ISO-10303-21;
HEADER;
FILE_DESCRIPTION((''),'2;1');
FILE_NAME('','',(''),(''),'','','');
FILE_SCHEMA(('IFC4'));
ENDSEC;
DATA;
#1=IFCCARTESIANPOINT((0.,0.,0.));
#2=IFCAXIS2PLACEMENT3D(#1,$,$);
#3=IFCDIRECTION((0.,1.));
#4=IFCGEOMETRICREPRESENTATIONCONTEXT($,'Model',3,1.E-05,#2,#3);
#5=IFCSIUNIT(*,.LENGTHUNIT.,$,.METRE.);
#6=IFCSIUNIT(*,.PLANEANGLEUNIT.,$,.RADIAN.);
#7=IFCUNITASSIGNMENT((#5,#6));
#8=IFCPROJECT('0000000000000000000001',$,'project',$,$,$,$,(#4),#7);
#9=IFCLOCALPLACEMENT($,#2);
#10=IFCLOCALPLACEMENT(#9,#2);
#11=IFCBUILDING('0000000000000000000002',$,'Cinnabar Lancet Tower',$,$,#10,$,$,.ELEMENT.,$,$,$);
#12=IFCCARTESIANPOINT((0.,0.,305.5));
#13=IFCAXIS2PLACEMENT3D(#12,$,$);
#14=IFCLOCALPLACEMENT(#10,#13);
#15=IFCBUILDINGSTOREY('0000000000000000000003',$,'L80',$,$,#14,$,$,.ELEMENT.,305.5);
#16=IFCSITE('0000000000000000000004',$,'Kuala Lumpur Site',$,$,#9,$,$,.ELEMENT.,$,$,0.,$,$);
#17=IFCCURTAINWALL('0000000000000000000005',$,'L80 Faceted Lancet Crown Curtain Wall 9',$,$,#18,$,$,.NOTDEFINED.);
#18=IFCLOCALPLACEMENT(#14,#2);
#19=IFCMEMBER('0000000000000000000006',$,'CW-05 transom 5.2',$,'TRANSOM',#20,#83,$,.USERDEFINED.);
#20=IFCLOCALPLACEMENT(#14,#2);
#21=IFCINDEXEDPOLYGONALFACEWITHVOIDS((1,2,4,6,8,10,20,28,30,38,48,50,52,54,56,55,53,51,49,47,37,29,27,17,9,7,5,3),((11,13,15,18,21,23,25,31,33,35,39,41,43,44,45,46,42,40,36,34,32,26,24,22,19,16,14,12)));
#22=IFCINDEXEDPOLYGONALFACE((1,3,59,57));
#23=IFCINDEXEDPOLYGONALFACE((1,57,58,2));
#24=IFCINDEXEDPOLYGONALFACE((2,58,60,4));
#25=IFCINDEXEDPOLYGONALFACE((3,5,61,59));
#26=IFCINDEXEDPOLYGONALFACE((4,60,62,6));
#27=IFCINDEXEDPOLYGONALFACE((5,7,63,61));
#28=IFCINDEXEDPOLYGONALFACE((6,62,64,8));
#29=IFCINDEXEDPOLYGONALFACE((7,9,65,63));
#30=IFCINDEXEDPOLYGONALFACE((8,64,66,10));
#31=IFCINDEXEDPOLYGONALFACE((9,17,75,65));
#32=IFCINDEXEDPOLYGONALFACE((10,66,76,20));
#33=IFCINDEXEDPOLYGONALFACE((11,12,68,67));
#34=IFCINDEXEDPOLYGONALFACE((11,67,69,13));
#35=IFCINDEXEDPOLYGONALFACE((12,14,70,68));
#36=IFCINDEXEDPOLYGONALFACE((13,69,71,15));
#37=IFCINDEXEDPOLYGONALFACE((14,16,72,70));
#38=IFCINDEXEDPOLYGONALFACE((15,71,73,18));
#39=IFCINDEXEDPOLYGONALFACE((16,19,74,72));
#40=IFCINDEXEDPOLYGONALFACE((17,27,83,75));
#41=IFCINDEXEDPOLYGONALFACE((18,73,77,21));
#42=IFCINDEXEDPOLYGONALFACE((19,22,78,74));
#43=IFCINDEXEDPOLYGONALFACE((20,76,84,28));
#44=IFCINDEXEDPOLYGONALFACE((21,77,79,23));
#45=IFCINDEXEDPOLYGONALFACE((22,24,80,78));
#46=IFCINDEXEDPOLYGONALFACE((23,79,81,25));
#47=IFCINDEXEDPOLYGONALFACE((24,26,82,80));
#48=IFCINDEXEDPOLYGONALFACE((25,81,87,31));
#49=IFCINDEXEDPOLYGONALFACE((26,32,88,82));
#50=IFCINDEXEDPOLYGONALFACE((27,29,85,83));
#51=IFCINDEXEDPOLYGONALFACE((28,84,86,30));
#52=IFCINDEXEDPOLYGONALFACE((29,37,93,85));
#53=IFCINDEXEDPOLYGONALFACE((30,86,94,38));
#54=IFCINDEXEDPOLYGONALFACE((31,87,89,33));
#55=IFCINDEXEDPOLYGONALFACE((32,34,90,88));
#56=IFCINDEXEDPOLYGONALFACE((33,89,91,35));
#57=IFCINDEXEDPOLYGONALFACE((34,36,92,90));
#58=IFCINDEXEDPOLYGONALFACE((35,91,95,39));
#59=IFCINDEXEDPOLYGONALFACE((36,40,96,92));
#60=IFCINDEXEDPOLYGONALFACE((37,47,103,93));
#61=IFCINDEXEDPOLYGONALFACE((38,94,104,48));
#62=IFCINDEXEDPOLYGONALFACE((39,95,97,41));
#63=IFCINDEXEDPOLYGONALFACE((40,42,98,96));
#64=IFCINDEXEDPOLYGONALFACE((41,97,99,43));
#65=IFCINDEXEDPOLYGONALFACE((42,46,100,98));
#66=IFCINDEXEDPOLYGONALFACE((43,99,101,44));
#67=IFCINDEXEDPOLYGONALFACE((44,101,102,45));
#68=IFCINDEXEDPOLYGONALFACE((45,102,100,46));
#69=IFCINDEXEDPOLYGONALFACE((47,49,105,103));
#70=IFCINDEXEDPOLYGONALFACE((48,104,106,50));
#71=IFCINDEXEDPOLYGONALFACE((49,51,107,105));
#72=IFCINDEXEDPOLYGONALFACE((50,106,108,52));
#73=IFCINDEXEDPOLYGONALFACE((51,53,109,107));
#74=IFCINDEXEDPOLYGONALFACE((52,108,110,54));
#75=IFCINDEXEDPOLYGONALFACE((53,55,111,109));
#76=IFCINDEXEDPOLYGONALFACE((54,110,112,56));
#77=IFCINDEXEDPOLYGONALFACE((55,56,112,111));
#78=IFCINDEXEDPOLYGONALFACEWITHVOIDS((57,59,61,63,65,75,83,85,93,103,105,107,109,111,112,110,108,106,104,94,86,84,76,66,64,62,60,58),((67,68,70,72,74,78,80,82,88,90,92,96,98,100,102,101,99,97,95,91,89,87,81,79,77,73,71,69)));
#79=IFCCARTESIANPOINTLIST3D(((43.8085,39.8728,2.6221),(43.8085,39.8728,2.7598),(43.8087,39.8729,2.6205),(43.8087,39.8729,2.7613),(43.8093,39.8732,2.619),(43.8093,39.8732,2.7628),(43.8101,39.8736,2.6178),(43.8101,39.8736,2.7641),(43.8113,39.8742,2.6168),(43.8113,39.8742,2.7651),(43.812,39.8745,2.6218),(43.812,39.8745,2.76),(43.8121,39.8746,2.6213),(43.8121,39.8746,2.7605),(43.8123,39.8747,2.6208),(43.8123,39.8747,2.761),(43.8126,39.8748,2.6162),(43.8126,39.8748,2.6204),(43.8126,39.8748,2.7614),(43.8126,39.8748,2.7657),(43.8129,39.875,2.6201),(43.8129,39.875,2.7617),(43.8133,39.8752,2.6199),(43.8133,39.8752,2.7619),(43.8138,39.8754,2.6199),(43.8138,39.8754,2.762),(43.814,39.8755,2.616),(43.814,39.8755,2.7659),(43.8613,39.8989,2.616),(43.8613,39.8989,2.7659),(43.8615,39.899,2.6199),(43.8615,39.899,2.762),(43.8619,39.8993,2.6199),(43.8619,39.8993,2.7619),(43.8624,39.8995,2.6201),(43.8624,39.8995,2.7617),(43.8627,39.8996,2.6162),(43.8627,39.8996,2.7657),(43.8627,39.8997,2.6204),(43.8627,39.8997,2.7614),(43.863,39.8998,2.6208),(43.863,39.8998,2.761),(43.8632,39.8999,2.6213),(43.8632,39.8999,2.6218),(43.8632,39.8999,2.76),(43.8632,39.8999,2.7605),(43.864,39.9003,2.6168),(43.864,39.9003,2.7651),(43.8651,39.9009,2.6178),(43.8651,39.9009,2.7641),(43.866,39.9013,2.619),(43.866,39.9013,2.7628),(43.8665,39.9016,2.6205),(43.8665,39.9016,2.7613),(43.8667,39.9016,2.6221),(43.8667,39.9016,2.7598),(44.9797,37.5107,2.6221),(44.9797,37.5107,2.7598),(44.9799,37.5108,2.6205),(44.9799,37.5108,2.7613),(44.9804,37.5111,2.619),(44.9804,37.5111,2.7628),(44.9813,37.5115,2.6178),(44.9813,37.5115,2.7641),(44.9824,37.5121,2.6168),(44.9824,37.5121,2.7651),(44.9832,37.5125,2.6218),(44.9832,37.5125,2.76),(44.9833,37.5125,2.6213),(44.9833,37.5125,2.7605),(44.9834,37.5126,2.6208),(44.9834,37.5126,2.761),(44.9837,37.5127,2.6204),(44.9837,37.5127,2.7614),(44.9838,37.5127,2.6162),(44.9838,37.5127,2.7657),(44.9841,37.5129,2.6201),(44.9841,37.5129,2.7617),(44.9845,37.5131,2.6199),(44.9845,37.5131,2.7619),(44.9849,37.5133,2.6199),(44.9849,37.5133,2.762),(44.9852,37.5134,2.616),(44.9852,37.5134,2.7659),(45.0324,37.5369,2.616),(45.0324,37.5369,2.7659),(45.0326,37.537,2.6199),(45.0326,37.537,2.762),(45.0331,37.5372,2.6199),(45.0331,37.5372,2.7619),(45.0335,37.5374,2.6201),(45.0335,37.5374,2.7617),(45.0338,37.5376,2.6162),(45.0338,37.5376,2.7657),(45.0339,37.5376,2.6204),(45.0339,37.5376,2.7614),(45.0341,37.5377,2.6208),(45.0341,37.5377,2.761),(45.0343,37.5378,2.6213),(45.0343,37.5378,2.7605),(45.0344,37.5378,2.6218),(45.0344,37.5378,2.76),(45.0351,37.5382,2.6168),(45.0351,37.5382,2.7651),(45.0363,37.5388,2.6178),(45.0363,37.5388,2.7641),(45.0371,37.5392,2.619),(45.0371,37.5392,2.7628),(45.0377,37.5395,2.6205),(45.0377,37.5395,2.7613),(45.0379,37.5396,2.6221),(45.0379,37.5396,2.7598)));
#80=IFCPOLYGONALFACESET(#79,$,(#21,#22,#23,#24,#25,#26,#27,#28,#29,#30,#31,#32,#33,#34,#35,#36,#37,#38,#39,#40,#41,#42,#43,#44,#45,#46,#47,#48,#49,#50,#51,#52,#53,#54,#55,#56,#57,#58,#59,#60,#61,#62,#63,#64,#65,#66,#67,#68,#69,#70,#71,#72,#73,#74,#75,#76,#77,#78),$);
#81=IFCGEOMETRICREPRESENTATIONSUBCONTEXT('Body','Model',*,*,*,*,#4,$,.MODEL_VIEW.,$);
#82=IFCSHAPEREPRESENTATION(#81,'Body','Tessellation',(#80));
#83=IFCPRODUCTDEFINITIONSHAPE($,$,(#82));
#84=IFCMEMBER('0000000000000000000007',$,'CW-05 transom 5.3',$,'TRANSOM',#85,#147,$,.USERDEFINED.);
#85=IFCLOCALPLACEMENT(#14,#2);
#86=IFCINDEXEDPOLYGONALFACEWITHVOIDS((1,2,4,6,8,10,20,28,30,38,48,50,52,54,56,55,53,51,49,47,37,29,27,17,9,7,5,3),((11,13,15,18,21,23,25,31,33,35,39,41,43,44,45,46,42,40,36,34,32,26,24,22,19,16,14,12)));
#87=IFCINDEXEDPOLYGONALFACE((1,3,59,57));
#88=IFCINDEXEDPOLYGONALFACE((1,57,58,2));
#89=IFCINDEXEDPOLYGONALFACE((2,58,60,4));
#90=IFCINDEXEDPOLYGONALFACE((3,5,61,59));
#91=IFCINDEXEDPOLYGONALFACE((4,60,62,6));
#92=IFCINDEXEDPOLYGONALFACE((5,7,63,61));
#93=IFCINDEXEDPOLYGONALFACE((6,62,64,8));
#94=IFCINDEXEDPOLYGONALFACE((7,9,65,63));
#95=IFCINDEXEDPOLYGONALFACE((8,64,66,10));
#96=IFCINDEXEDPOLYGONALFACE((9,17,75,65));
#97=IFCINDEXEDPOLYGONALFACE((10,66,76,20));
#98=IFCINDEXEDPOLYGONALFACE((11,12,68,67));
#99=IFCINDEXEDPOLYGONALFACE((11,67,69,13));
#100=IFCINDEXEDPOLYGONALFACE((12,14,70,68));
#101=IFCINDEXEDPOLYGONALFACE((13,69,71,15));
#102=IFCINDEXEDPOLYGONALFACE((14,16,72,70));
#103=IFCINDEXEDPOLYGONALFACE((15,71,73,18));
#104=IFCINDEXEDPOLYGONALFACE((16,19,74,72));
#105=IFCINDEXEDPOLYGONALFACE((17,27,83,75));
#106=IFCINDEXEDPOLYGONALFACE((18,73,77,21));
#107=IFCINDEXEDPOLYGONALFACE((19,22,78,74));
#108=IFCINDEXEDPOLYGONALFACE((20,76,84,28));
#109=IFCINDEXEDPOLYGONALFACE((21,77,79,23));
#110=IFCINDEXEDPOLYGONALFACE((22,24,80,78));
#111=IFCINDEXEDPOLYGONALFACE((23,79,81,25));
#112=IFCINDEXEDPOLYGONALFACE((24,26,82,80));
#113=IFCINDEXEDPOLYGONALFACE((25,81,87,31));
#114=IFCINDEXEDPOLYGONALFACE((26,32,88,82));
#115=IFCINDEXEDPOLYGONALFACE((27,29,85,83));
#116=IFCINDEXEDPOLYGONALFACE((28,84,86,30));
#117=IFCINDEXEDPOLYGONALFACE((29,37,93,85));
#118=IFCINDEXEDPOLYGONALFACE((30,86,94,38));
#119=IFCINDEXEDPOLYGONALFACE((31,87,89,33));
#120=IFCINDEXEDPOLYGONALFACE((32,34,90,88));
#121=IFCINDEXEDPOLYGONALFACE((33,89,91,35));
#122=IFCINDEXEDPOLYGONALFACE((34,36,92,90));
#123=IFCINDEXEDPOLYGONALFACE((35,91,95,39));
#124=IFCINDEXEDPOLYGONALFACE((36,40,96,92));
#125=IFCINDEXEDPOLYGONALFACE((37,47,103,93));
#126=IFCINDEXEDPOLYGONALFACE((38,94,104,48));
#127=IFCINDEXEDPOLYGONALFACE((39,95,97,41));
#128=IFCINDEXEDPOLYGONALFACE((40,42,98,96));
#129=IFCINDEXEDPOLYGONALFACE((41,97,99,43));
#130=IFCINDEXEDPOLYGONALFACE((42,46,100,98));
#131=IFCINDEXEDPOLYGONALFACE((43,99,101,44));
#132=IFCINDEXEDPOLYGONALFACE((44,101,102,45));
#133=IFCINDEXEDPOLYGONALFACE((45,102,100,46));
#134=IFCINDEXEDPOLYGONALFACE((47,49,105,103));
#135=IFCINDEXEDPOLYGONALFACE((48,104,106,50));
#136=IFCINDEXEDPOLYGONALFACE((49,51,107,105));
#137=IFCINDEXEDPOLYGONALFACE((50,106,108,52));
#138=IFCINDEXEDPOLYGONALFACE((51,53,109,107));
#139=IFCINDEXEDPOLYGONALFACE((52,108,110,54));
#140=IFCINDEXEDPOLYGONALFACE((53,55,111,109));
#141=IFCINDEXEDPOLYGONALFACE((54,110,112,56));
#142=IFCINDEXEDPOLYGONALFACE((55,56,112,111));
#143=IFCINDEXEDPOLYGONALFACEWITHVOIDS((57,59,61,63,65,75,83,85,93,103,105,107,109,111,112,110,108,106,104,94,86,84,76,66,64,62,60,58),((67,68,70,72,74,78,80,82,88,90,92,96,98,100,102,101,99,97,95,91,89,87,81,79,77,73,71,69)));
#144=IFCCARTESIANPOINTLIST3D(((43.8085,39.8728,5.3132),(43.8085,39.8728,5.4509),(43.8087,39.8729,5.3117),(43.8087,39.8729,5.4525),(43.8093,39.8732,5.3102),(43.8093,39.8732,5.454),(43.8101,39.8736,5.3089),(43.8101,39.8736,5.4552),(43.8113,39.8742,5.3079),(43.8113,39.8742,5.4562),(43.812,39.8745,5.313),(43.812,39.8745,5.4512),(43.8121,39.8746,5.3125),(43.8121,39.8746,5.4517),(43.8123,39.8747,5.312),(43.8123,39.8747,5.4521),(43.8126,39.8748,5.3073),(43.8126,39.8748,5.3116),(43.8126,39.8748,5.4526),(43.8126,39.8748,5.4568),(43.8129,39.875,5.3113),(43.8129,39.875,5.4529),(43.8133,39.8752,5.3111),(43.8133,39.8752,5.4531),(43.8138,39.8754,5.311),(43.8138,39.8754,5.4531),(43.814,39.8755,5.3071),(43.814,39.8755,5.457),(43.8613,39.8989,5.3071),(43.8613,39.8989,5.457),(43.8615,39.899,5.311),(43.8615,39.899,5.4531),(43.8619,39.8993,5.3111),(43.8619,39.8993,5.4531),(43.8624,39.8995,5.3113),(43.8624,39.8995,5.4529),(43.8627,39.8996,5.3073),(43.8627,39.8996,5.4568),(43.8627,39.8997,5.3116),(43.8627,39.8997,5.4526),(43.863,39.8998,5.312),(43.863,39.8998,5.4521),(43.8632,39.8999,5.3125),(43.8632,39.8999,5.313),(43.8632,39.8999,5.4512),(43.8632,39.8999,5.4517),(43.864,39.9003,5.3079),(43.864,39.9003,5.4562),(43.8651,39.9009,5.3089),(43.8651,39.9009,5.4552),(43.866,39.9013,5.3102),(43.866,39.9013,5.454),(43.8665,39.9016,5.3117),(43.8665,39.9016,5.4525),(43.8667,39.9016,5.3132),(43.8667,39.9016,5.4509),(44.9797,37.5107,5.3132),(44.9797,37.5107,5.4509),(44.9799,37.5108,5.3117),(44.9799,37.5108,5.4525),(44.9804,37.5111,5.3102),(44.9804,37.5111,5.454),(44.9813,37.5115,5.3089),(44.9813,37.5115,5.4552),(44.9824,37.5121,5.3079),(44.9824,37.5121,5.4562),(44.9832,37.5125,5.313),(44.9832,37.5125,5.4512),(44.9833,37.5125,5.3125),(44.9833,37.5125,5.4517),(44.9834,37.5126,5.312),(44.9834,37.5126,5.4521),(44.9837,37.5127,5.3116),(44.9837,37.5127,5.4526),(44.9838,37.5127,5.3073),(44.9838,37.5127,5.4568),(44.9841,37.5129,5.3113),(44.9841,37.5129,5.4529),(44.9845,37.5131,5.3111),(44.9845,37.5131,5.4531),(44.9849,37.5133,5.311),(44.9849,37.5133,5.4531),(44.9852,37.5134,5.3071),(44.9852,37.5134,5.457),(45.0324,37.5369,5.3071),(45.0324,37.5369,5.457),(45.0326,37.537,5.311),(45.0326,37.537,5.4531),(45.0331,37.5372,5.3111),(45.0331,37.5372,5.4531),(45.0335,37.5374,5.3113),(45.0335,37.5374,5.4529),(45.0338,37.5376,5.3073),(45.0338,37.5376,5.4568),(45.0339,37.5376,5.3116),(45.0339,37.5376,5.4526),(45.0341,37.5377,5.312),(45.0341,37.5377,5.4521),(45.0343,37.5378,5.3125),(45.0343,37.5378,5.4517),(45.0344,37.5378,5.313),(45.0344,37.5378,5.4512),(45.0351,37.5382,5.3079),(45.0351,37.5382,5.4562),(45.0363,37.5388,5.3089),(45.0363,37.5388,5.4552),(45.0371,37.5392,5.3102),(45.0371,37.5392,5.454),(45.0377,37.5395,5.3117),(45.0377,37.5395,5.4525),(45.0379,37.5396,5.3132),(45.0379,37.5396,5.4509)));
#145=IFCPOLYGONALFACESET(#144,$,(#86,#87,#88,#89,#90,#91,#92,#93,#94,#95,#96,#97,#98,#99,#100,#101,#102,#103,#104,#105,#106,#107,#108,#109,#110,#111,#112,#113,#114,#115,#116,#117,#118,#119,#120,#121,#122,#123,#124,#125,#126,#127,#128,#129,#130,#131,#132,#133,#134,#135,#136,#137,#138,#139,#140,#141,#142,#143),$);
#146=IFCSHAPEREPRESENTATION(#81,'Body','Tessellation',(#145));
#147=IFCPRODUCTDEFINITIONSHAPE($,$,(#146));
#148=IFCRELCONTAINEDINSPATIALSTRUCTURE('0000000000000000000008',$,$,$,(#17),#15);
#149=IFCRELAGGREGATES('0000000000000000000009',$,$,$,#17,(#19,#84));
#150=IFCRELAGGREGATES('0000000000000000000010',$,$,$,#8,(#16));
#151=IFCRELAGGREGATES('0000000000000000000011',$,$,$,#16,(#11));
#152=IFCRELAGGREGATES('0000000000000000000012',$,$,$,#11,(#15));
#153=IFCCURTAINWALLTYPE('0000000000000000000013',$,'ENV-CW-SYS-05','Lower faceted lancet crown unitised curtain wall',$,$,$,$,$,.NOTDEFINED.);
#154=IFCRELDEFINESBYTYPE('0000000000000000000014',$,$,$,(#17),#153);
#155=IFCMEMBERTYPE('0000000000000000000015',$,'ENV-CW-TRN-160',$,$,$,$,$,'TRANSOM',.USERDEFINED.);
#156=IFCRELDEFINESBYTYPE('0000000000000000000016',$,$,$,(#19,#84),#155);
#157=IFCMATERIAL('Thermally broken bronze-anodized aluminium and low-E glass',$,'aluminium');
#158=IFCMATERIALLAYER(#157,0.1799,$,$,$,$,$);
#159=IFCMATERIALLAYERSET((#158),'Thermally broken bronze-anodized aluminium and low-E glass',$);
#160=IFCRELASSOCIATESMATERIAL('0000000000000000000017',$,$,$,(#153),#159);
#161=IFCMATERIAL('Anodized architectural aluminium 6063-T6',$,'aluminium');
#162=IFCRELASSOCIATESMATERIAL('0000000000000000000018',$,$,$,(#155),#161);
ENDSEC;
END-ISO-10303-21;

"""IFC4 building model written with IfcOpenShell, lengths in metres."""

from ifc_helpers import new_model, si_unit, direction, frame, origin, origin_2d, place, context, subcontext, project, spatial, hollow_rectangle, extrude, material, layer, layer_set, material_profile, profile_set, type_object, element, aggregate, save


model = new_model("IFC4")

# Units and contexts
model_context = context("Model", 3, precision=1e-05, world=origin(), true_north=direction((0.0, 1.0)))
body_context = subcontext(model_context, "Body", "Model", "MODEL_VIEW")
ifc_project = project(units=[si_unit("LENGTHUNIT", "METRE"), si_unit("PLANEANGLEUNIT", "RADIAN")], contexts=[model_context])

# Site, building, storey
site_placement = place(None, origin())
site = spatial("IfcSite", under=ifc_project, at=site_placement, Name="Kuala Lumpur Site", CompositionType="ELEMENT", RefElevation=0.0)
building_placement = place(site_placement, origin())
building = spatial("IfcBuilding", under=site, at=building_placement, Name="Cinnabar Lancet Tower", CompositionType="ELEMENT")
storey_placement = place(building_placement, frame((0.0, 0.0, 305.5)))
storey = spatial("IfcBuildingStorey", under=building, at=storey_placement, Name="L80", CompositionType="ELEMENT", Elevation=305.5)

# Curtain wall
ifc_material_1 = material(Name="Thermally broken bronze-anodized aluminium and low-E glass", Category="aluminium")
ifc_layer_1 = layer(ifc_material_1, 0.1799)
ifc_layer_set_1 = layer_set([ifc_layer_1], Name="Thermally broken bronze-anodized aluminium and low-E glass")
curtain_wall_type = type_object("IfcCurtainWallType", Name="ENV-CW-SYS-05", Description="Lower faceted lancet crown unitised curtain wall", PredefinedType="NOTDEFINED", material=ifc_layer_set_1)
curtain_wall_1_placement = place(storey_placement, origin())
curtain_wall_1 = element("IfcCurtainWall", 1, at=curtain_wall_1_placement, inside=storey, type_object=curtain_wall_type, Name="L80 Faceted Lancet Crown Curtain Wall 9", PredefinedType="NOTDEFINED")

# Members
ifc_material_2 = material(Name="Anodized architectural aluminium 6063-T6", Category="aluminium")
ifc_material_profile_1 = material_profile(ifc_material_2, hollow_rectangle(XDim=0.0649, YDim=0.1499, WallThickness=0.0039, InnerFilletRadius=0.002, OuterFilletRadius=0.0061, at=origin_2d()), Name="CW-TRN 150x65x4")
ifc_profile_set_1 = profile_set([ifc_material_profile_1], Name="Anodized architectural aluminium 6063-T6")
member_type_1 = type_object("IfcMemberType", Name="ENV-CW-TRN-160", ElementType="TRANSOM", PredefinedType="USERDEFINED", material=ifc_profile_set_1)
member_1_placement = place(storey_placement, frame((45.0088, 37.5251, 2.6909), z_axis=(-0.444211, 0.895922, 0.0), x_axis=(-0.895922, -0.444211, 0.0)))
member_1 = element("IfcMember", 2, at=member_1_placement, type_object=member_type_1, Name="CW-05 transom 5.2", ObjectType="TRANSOM", PredefinedType="USERDEFINED", context=body_context, shape_type="SweptSolid", body=[
    extrude(hollow_rectangle(XDim=0.0649, YDim=0.1499, WallThickness=0.0039, InnerFilletRadius=0.002, OuterFilletRadius=0.0061, at=origin_2d()), origin(), (0.0, 0.0, 1.0), 2.6365),
])
member_2_placement = place(storey_placement, frame((45.0088, 37.5251, 5.3821), z_axis=(-0.444211, 0.895922, 0.0), x_axis=(-0.895922, -0.444211, 0.0)))
member_2 = element("IfcMember", 3, at=member_2_placement, type_object=member_type_1, Name="CW-05 transom 5.3", ObjectType="TRANSOM", PredefinedType="USERDEFINED", context=body_context, shape_type="SweptSolid", body=[
    extrude(hollow_rectangle(XDim=0.0649, YDim=0.1499, WallThickness=0.0039, InnerFilletRadius=0.002, OuterFilletRadius=0.0061, at=origin_2d()), origin(), (0.0, 0.0, 1.0), 2.6365),
])

aggregate(curtain_wall_1, [member_1, member_2])

save(model, "model.ifc")
